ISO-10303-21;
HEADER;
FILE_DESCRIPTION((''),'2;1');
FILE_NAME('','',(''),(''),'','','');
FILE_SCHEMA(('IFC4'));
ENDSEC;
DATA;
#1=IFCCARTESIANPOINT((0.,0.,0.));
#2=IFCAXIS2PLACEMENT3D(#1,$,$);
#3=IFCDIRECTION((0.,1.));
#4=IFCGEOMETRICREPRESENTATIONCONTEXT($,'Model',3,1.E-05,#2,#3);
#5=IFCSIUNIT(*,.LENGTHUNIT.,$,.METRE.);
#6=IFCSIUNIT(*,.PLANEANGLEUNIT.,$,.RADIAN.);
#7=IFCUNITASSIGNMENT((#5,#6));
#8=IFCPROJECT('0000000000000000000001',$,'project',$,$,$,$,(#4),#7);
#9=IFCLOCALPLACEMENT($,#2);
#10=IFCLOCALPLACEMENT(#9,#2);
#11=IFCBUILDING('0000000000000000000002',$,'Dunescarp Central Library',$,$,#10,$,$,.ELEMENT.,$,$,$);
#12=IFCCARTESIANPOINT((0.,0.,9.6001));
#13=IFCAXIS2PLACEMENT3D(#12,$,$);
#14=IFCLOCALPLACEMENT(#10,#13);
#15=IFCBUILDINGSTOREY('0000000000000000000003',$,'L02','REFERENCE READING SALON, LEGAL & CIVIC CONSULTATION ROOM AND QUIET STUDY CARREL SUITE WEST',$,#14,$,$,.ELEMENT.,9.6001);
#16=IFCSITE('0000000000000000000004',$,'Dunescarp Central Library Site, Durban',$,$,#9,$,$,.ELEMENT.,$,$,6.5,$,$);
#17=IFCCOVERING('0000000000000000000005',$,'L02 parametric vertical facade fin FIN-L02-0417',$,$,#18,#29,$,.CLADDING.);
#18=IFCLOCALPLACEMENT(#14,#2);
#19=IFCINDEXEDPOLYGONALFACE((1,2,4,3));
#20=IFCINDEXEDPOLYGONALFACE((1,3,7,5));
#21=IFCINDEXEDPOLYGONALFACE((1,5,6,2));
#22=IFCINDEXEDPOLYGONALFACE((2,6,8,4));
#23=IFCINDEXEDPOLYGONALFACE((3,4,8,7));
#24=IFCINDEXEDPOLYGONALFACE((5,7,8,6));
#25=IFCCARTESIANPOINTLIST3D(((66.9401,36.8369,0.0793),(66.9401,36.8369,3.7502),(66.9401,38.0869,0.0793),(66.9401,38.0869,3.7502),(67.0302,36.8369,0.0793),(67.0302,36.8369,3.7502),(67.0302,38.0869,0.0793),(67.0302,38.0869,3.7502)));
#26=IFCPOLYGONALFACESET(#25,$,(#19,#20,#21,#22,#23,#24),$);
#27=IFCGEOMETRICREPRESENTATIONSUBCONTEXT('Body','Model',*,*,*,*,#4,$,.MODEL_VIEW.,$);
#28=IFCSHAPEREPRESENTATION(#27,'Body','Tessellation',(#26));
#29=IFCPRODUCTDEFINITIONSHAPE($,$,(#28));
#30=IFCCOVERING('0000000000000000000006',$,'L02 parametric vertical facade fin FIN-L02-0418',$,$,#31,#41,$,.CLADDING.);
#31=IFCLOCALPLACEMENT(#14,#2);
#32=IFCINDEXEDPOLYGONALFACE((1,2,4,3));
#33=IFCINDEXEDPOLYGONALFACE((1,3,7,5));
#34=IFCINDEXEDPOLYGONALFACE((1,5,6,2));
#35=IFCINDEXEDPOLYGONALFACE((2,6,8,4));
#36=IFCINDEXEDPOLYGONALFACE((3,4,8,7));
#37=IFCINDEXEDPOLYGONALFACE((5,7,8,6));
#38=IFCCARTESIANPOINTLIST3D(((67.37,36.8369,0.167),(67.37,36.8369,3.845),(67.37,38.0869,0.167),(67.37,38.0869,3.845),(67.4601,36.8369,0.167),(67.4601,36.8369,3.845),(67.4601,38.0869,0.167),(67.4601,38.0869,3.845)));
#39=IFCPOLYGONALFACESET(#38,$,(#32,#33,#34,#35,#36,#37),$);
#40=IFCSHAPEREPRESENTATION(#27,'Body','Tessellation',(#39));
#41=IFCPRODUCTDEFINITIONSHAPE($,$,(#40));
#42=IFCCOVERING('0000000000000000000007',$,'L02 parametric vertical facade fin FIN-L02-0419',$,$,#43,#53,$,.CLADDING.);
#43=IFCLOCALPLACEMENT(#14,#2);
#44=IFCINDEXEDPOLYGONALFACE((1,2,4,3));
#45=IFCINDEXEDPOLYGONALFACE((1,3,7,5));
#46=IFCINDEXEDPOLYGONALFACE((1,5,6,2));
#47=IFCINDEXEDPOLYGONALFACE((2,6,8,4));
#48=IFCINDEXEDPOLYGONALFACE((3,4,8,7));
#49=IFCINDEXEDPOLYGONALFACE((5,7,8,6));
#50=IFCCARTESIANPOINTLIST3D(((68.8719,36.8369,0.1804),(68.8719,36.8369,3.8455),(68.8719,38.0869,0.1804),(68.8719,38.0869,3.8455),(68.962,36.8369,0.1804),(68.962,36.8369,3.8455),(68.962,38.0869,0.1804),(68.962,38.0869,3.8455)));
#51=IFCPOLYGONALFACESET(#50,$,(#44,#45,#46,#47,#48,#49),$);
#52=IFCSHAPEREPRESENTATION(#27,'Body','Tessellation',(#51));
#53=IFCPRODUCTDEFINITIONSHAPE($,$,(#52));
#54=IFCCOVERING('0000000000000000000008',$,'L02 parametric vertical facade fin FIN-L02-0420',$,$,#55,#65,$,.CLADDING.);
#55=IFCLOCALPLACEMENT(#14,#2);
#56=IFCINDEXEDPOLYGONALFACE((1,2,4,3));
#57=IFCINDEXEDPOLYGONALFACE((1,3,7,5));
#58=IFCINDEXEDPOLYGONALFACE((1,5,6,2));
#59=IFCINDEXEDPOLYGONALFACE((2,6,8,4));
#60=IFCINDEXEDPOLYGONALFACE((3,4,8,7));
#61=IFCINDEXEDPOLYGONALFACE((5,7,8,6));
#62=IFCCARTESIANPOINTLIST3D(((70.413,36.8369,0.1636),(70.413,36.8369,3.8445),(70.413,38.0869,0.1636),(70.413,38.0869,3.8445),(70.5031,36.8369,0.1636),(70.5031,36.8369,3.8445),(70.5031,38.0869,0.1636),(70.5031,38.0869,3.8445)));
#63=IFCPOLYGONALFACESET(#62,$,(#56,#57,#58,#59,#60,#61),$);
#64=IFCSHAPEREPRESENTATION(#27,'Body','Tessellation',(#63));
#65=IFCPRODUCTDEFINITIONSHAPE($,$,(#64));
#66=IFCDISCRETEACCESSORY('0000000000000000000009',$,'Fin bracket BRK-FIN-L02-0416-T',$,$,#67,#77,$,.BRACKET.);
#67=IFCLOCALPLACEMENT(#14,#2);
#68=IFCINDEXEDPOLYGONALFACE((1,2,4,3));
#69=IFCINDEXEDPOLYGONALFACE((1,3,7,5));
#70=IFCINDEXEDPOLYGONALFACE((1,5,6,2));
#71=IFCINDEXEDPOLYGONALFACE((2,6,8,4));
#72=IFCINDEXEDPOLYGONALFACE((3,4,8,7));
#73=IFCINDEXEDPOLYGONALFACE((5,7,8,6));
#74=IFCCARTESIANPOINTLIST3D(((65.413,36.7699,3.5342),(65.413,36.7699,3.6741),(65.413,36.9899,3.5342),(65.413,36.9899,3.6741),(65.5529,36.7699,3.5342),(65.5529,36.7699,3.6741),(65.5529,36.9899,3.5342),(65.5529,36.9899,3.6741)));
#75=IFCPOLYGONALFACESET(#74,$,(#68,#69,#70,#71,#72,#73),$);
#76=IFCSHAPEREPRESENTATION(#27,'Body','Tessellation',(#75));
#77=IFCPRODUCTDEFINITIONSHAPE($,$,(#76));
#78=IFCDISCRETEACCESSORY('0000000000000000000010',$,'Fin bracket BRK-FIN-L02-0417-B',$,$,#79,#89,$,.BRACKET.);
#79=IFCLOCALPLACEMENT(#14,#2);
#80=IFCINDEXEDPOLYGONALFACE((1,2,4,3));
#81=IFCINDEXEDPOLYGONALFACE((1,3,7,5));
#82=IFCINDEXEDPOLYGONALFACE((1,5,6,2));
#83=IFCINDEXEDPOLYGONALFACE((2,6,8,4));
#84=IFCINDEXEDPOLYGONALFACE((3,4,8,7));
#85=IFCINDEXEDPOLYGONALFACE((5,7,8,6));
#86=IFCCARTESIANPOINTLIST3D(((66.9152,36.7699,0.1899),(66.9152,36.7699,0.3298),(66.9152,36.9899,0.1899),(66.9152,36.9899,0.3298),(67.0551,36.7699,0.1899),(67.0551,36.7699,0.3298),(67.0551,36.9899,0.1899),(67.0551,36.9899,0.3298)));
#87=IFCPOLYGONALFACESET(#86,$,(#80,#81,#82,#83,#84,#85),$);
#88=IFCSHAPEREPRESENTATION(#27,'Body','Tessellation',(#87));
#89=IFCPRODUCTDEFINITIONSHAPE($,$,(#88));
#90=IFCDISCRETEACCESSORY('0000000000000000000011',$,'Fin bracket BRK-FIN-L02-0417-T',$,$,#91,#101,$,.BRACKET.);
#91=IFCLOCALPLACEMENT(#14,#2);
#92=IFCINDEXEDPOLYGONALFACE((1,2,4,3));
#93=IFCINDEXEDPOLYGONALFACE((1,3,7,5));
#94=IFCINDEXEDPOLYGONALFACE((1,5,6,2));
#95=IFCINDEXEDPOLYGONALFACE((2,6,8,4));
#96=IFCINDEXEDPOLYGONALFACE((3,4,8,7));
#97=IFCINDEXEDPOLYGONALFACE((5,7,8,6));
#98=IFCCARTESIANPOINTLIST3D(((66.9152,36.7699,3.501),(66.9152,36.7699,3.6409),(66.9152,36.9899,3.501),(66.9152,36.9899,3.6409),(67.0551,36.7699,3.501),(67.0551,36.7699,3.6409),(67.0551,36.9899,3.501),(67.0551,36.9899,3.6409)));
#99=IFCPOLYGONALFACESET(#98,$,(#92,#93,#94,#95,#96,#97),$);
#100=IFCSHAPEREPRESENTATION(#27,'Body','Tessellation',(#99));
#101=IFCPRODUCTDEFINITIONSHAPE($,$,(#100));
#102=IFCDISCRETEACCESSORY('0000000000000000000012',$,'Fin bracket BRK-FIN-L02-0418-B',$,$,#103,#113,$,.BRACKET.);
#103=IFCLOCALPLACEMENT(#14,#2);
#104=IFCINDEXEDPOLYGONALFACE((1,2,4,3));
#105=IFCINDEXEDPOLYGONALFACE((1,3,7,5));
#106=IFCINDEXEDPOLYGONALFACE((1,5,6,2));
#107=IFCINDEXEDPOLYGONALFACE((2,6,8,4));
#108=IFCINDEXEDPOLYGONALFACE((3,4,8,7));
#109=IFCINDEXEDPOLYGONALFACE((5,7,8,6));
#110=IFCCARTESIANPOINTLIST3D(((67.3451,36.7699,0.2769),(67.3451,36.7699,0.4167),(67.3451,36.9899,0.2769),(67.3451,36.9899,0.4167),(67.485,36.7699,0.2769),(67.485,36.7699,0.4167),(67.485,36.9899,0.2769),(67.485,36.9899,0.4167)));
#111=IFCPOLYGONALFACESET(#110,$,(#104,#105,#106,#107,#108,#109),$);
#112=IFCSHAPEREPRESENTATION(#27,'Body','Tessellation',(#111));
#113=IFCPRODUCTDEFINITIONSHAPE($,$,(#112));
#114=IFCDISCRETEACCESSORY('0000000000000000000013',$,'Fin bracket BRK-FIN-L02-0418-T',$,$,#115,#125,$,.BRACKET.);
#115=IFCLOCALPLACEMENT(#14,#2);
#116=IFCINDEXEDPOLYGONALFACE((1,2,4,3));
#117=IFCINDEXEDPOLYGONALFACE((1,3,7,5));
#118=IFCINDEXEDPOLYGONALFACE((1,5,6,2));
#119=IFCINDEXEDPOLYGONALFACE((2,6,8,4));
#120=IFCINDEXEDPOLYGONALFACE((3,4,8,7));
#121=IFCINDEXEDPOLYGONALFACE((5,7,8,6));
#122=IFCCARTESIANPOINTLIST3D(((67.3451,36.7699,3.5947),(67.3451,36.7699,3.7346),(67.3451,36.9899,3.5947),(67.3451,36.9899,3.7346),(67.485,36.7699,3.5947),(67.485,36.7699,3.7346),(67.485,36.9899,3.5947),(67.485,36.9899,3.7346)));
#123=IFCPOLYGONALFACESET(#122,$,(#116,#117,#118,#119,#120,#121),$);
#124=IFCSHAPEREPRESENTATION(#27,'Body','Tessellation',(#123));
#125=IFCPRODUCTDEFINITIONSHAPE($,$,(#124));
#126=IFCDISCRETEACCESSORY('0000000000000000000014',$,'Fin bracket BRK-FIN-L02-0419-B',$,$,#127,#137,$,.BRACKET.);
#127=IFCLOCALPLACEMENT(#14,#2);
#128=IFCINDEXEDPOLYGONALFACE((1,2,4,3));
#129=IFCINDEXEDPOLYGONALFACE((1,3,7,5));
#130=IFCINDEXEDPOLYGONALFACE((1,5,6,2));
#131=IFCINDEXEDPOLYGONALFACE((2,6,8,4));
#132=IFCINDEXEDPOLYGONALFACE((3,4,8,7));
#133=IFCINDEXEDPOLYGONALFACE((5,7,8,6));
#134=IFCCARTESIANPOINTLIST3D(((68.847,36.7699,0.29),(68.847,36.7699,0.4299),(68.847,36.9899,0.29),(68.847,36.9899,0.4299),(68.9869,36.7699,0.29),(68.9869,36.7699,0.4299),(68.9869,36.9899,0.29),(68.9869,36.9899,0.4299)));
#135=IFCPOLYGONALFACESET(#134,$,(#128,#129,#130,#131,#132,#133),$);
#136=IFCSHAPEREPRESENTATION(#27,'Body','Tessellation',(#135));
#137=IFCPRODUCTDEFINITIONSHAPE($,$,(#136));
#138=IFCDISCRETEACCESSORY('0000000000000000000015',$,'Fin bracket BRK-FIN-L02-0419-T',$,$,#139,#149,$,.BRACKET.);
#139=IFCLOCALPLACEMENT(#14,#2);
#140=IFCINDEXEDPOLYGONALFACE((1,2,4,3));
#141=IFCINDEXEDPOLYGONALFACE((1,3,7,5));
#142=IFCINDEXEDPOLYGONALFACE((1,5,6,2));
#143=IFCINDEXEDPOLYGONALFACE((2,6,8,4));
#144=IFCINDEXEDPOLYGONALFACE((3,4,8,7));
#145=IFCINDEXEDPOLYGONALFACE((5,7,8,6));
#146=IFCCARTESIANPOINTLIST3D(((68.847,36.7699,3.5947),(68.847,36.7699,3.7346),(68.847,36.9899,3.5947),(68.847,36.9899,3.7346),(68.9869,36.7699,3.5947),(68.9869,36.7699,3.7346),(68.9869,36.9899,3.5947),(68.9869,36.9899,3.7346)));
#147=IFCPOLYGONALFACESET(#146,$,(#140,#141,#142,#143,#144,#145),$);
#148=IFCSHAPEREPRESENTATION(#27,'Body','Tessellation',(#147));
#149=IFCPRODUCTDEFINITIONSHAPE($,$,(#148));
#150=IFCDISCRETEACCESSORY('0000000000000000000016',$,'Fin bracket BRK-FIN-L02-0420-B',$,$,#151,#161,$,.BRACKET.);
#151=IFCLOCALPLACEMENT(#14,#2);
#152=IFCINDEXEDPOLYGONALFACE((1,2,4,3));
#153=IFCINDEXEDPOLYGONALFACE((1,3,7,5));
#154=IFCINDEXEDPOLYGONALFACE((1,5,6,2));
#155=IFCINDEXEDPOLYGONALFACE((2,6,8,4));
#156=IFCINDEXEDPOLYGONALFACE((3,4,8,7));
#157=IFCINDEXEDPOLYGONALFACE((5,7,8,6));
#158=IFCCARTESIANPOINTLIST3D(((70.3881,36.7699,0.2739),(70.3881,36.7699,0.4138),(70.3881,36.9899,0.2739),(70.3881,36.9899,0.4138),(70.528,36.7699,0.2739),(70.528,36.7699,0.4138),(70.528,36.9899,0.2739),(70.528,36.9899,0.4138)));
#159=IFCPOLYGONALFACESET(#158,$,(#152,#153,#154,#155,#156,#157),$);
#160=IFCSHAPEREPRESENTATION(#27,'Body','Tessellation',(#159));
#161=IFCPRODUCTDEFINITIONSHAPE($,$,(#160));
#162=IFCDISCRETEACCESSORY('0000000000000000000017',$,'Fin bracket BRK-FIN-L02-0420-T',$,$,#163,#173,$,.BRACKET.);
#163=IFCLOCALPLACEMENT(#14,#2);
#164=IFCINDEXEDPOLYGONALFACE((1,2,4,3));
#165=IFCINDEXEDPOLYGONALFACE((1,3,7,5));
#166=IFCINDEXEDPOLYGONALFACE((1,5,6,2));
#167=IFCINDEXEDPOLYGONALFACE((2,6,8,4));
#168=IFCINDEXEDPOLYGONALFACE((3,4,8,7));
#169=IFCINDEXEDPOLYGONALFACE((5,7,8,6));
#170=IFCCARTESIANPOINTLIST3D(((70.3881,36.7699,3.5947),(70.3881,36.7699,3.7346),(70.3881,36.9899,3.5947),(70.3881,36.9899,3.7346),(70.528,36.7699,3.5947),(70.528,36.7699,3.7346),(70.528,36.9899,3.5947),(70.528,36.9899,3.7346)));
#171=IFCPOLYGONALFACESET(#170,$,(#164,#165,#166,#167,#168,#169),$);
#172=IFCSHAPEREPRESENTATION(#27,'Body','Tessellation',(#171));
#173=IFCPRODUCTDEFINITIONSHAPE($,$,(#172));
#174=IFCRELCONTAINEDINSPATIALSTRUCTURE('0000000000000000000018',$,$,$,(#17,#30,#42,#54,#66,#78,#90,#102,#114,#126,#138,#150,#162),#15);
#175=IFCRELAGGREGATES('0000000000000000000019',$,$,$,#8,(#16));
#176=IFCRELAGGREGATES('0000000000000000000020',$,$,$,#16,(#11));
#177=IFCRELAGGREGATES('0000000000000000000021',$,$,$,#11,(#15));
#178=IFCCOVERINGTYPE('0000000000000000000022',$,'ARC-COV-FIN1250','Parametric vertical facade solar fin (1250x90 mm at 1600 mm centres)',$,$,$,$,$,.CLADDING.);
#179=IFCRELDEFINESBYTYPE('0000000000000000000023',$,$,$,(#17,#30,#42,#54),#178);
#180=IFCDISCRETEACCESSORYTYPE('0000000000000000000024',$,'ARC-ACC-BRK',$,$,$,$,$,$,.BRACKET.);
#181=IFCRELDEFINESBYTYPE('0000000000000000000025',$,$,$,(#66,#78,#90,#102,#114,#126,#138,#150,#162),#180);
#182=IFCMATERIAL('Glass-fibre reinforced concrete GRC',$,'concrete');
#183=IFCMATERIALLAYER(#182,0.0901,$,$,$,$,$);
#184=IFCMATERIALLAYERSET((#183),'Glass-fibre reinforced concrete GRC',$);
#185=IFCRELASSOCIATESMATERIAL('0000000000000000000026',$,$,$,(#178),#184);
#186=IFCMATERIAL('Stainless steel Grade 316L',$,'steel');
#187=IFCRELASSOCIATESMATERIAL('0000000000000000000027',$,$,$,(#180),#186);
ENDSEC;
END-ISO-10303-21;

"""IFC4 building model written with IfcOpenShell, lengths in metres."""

from ifc_helpers import new_model, si_unit, direction, frame, origin, origin_2d, place, context, subcontext, project, spatial, rectangle, extrude, material, layer, layer_set, type_object, element, save


model = new_model("IFC4")

# Units and contexts
model_context = context("Model", 3, precision=1e-05, world=origin(), true_north=direction((0.0, 1.0)))
body_context = subcontext(model_context, "Body", "Model", "MODEL_VIEW")
ifc_project = project(units=[si_unit("LENGTHUNIT", "METRE"), si_unit("PLANEANGLEUNIT", "RADIAN")], contexts=[model_context])

# Site, building, storey
site_placement = place(None, origin())
site = spatial("IfcSite", under=ifc_project, at=site_placement, Name="Dunescarp Central Library Site, Durban", CompositionType="ELEMENT", RefElevation=6.5)
building_placement = place(site_placement, origin())
building = spatial("IfcBuilding", under=site, at=building_placement, Name="Dunescarp Central Library", CompositionType="ELEMENT")
storey_placement = place(building_placement, frame((0.0, 0.0, 9.6001)))
storey = spatial("IfcBuildingStorey", under=building, at=storey_placement, Name="L02", Description="REFERENCE READING SALON, LEGAL & CIVIC CONSULTATION ROOM AND QUIET STUDY CARREL SUITE WEST", CompositionType="ELEMENT", Elevation=9.6001)

# Coverings
ifc_material_1 = material(Name="Glass-fibre reinforced concrete GRC", Category="concrete")
ifc_layer_1 = layer(ifc_material_1, 0.0901)
ifc_layer_set_1 = layer_set([ifc_layer_1], Name="Glass-fibre reinforced concrete GRC")
covering_type = type_object("IfcCoveringType", Name="ARC-COV-FIN1250", Description="Parametric vertical facade solar fin (1250x90 mm at 1600 mm centres)", PredefinedType="CLADDING", material=ifc_layer_set_1)
covering_1_placement = place(storey_placement, frame((66.9851, 37.4619, 0.0793), z_axis=(0.0, 0.0, 1.0), x_axis=(0.0, 1.0, 0.0)))
element("IfcCovering", 1, at=covering_1_placement, inside=storey, type_object=covering_type, Name="L02 parametric vertical facade fin FIN-L02-0417", PredefinedType="CLADDING", context=body_context, shape_type="SweptSolid", body=[
    extrude(rectangle(XDim=1.25, YDim=0.0901, at=origin_2d()), origin(), (0.0, 0.0, 1.0), 3.6709),
])
covering_2_placement = place(storey_placement, frame((67.415, 37.4619, 0.167), z_axis=(0.0, 0.0, 1.0), x_axis=(0.0, 1.0, 0.0)))
element("IfcCovering", 2, at=covering_2_placement, inside=storey, type_object=covering_type, Name="L02 parametric vertical facade fin FIN-L02-0418", PredefinedType="CLADDING", context=body_context, shape_type="SweptSolid", body=[
    extrude(rectangle(XDim=1.25, YDim=0.0901, at=origin_2d()), origin(), (0.0, 0.0, 1.0), 3.678),
])
covering_3_placement = place(storey_placement, frame((68.917, 37.4619, 0.1804), z_axis=(0.0, 0.0, 1.0), x_axis=(0.0, 1.0, 0.0)))
element("IfcCovering", 3, at=covering_3_placement, inside=storey, type_object=covering_type, Name="L02 parametric vertical facade fin FIN-L02-0419", PredefinedType="CLADDING", context=body_context, shape_type="SweptSolid", body=[
    extrude(rectangle(XDim=1.25, YDim=0.0901, at=origin_2d()), origin(), (0.0, 0.0, 1.0), 3.665),
])
covering_4_placement = place(storey_placement, frame((70.458, 37.4619, 0.1636), z_axis=(0.0, 0.0, 1.0), x_axis=(0.0, 1.0, 0.0)))
element("IfcCovering", 4, at=covering_4_placement, inside=storey, type_object=covering_type, Name="L02 parametric vertical facade fin FIN-L02-0420", PredefinedType="CLADDING", context=body_context, shape_type="SweptSolid", body=[
    extrude(rectangle(XDim=1.25, YDim=0.0901, at=origin_2d()), origin(), (0.0, 0.0, 1.0), 3.6809),
])

# Discrete accessories
ifc_material_2 = material(Name="Stainless steel Grade 316L", Category="steel")
discrete_accessory_type = type_object("IfcDiscreteAccessoryType", Name="ARC-ACC-BRK", PredefinedType="BRACKET", material=ifc_material_2)
for number, where, z_axis, x_axis, name in (
    (5, (65.4829, 36.8799, 3.5342), (0.0, 0.0, 1.0), (0.0, 1.0, 0.0), "Fin bracket BRK-FIN-L02-0416-T"),
    (6, (66.9851, 36.8799, 0.1899), (0.0, 0.0, 1.0), (0.0, 1.0, 0.0), "Fin bracket BRK-FIN-L02-0417-B"),
    (7, (66.9851, 36.8799, 3.501), (0.0, 0.0, 1.0), (0.0, 1.0, 0.0), "Fin bracket BRK-FIN-L02-0417-T"),
    (8, (67.415, 36.8799, 0.2769), (0.0, 0.0, 1.0), (0.0, 1.0, 0.0), "Fin bracket BRK-FIN-L02-0418-B"),
    (9, (67.415, 36.8799, 3.5947), (0.0, 0.0, 1.0), (0.0, 1.0, 0.0), "Fin bracket BRK-FIN-L02-0418-T"),
    (10, (68.917, 36.8799, 0.29), (0.0, 0.0, 1.0), (0.0, 1.0, 0.0), "Fin bracket BRK-FIN-L02-0419-B"),
    (11, (68.917, 36.8799, 3.5947), (0.0, 0.0, 1.0), (0.0, 1.0, 0.0), "Fin bracket BRK-FIN-L02-0419-T"),
    (12, (70.458, 36.8799, 0.2739), (0.0, 0.0, 1.0), (0.0, 1.0, 0.0), "Fin bracket BRK-FIN-L02-0420-B"),
    (13, (70.458, 36.8799, 3.5947), (0.0, 0.0, 1.0), (0.0, 1.0, 0.0), "Fin bracket BRK-FIN-L02-0420-T"),
):
    element("IfcDiscreteAccessory", number, at=place(storey_placement, frame(where, z_axis=z_axis, x_axis=x_axis)), inside=storey, type_object=discrete_accessory_type, Name=name, PredefinedType="BRACKET", context=body_context, shape_type="SweptSolid", body=[
        extrude(rectangle(XDim=0.22, YDim=0.1399, at=origin_2d()), origin(), (0.0, 0.0, 1.0), 0.1399),
    ])

save(model, "model.ifc")
